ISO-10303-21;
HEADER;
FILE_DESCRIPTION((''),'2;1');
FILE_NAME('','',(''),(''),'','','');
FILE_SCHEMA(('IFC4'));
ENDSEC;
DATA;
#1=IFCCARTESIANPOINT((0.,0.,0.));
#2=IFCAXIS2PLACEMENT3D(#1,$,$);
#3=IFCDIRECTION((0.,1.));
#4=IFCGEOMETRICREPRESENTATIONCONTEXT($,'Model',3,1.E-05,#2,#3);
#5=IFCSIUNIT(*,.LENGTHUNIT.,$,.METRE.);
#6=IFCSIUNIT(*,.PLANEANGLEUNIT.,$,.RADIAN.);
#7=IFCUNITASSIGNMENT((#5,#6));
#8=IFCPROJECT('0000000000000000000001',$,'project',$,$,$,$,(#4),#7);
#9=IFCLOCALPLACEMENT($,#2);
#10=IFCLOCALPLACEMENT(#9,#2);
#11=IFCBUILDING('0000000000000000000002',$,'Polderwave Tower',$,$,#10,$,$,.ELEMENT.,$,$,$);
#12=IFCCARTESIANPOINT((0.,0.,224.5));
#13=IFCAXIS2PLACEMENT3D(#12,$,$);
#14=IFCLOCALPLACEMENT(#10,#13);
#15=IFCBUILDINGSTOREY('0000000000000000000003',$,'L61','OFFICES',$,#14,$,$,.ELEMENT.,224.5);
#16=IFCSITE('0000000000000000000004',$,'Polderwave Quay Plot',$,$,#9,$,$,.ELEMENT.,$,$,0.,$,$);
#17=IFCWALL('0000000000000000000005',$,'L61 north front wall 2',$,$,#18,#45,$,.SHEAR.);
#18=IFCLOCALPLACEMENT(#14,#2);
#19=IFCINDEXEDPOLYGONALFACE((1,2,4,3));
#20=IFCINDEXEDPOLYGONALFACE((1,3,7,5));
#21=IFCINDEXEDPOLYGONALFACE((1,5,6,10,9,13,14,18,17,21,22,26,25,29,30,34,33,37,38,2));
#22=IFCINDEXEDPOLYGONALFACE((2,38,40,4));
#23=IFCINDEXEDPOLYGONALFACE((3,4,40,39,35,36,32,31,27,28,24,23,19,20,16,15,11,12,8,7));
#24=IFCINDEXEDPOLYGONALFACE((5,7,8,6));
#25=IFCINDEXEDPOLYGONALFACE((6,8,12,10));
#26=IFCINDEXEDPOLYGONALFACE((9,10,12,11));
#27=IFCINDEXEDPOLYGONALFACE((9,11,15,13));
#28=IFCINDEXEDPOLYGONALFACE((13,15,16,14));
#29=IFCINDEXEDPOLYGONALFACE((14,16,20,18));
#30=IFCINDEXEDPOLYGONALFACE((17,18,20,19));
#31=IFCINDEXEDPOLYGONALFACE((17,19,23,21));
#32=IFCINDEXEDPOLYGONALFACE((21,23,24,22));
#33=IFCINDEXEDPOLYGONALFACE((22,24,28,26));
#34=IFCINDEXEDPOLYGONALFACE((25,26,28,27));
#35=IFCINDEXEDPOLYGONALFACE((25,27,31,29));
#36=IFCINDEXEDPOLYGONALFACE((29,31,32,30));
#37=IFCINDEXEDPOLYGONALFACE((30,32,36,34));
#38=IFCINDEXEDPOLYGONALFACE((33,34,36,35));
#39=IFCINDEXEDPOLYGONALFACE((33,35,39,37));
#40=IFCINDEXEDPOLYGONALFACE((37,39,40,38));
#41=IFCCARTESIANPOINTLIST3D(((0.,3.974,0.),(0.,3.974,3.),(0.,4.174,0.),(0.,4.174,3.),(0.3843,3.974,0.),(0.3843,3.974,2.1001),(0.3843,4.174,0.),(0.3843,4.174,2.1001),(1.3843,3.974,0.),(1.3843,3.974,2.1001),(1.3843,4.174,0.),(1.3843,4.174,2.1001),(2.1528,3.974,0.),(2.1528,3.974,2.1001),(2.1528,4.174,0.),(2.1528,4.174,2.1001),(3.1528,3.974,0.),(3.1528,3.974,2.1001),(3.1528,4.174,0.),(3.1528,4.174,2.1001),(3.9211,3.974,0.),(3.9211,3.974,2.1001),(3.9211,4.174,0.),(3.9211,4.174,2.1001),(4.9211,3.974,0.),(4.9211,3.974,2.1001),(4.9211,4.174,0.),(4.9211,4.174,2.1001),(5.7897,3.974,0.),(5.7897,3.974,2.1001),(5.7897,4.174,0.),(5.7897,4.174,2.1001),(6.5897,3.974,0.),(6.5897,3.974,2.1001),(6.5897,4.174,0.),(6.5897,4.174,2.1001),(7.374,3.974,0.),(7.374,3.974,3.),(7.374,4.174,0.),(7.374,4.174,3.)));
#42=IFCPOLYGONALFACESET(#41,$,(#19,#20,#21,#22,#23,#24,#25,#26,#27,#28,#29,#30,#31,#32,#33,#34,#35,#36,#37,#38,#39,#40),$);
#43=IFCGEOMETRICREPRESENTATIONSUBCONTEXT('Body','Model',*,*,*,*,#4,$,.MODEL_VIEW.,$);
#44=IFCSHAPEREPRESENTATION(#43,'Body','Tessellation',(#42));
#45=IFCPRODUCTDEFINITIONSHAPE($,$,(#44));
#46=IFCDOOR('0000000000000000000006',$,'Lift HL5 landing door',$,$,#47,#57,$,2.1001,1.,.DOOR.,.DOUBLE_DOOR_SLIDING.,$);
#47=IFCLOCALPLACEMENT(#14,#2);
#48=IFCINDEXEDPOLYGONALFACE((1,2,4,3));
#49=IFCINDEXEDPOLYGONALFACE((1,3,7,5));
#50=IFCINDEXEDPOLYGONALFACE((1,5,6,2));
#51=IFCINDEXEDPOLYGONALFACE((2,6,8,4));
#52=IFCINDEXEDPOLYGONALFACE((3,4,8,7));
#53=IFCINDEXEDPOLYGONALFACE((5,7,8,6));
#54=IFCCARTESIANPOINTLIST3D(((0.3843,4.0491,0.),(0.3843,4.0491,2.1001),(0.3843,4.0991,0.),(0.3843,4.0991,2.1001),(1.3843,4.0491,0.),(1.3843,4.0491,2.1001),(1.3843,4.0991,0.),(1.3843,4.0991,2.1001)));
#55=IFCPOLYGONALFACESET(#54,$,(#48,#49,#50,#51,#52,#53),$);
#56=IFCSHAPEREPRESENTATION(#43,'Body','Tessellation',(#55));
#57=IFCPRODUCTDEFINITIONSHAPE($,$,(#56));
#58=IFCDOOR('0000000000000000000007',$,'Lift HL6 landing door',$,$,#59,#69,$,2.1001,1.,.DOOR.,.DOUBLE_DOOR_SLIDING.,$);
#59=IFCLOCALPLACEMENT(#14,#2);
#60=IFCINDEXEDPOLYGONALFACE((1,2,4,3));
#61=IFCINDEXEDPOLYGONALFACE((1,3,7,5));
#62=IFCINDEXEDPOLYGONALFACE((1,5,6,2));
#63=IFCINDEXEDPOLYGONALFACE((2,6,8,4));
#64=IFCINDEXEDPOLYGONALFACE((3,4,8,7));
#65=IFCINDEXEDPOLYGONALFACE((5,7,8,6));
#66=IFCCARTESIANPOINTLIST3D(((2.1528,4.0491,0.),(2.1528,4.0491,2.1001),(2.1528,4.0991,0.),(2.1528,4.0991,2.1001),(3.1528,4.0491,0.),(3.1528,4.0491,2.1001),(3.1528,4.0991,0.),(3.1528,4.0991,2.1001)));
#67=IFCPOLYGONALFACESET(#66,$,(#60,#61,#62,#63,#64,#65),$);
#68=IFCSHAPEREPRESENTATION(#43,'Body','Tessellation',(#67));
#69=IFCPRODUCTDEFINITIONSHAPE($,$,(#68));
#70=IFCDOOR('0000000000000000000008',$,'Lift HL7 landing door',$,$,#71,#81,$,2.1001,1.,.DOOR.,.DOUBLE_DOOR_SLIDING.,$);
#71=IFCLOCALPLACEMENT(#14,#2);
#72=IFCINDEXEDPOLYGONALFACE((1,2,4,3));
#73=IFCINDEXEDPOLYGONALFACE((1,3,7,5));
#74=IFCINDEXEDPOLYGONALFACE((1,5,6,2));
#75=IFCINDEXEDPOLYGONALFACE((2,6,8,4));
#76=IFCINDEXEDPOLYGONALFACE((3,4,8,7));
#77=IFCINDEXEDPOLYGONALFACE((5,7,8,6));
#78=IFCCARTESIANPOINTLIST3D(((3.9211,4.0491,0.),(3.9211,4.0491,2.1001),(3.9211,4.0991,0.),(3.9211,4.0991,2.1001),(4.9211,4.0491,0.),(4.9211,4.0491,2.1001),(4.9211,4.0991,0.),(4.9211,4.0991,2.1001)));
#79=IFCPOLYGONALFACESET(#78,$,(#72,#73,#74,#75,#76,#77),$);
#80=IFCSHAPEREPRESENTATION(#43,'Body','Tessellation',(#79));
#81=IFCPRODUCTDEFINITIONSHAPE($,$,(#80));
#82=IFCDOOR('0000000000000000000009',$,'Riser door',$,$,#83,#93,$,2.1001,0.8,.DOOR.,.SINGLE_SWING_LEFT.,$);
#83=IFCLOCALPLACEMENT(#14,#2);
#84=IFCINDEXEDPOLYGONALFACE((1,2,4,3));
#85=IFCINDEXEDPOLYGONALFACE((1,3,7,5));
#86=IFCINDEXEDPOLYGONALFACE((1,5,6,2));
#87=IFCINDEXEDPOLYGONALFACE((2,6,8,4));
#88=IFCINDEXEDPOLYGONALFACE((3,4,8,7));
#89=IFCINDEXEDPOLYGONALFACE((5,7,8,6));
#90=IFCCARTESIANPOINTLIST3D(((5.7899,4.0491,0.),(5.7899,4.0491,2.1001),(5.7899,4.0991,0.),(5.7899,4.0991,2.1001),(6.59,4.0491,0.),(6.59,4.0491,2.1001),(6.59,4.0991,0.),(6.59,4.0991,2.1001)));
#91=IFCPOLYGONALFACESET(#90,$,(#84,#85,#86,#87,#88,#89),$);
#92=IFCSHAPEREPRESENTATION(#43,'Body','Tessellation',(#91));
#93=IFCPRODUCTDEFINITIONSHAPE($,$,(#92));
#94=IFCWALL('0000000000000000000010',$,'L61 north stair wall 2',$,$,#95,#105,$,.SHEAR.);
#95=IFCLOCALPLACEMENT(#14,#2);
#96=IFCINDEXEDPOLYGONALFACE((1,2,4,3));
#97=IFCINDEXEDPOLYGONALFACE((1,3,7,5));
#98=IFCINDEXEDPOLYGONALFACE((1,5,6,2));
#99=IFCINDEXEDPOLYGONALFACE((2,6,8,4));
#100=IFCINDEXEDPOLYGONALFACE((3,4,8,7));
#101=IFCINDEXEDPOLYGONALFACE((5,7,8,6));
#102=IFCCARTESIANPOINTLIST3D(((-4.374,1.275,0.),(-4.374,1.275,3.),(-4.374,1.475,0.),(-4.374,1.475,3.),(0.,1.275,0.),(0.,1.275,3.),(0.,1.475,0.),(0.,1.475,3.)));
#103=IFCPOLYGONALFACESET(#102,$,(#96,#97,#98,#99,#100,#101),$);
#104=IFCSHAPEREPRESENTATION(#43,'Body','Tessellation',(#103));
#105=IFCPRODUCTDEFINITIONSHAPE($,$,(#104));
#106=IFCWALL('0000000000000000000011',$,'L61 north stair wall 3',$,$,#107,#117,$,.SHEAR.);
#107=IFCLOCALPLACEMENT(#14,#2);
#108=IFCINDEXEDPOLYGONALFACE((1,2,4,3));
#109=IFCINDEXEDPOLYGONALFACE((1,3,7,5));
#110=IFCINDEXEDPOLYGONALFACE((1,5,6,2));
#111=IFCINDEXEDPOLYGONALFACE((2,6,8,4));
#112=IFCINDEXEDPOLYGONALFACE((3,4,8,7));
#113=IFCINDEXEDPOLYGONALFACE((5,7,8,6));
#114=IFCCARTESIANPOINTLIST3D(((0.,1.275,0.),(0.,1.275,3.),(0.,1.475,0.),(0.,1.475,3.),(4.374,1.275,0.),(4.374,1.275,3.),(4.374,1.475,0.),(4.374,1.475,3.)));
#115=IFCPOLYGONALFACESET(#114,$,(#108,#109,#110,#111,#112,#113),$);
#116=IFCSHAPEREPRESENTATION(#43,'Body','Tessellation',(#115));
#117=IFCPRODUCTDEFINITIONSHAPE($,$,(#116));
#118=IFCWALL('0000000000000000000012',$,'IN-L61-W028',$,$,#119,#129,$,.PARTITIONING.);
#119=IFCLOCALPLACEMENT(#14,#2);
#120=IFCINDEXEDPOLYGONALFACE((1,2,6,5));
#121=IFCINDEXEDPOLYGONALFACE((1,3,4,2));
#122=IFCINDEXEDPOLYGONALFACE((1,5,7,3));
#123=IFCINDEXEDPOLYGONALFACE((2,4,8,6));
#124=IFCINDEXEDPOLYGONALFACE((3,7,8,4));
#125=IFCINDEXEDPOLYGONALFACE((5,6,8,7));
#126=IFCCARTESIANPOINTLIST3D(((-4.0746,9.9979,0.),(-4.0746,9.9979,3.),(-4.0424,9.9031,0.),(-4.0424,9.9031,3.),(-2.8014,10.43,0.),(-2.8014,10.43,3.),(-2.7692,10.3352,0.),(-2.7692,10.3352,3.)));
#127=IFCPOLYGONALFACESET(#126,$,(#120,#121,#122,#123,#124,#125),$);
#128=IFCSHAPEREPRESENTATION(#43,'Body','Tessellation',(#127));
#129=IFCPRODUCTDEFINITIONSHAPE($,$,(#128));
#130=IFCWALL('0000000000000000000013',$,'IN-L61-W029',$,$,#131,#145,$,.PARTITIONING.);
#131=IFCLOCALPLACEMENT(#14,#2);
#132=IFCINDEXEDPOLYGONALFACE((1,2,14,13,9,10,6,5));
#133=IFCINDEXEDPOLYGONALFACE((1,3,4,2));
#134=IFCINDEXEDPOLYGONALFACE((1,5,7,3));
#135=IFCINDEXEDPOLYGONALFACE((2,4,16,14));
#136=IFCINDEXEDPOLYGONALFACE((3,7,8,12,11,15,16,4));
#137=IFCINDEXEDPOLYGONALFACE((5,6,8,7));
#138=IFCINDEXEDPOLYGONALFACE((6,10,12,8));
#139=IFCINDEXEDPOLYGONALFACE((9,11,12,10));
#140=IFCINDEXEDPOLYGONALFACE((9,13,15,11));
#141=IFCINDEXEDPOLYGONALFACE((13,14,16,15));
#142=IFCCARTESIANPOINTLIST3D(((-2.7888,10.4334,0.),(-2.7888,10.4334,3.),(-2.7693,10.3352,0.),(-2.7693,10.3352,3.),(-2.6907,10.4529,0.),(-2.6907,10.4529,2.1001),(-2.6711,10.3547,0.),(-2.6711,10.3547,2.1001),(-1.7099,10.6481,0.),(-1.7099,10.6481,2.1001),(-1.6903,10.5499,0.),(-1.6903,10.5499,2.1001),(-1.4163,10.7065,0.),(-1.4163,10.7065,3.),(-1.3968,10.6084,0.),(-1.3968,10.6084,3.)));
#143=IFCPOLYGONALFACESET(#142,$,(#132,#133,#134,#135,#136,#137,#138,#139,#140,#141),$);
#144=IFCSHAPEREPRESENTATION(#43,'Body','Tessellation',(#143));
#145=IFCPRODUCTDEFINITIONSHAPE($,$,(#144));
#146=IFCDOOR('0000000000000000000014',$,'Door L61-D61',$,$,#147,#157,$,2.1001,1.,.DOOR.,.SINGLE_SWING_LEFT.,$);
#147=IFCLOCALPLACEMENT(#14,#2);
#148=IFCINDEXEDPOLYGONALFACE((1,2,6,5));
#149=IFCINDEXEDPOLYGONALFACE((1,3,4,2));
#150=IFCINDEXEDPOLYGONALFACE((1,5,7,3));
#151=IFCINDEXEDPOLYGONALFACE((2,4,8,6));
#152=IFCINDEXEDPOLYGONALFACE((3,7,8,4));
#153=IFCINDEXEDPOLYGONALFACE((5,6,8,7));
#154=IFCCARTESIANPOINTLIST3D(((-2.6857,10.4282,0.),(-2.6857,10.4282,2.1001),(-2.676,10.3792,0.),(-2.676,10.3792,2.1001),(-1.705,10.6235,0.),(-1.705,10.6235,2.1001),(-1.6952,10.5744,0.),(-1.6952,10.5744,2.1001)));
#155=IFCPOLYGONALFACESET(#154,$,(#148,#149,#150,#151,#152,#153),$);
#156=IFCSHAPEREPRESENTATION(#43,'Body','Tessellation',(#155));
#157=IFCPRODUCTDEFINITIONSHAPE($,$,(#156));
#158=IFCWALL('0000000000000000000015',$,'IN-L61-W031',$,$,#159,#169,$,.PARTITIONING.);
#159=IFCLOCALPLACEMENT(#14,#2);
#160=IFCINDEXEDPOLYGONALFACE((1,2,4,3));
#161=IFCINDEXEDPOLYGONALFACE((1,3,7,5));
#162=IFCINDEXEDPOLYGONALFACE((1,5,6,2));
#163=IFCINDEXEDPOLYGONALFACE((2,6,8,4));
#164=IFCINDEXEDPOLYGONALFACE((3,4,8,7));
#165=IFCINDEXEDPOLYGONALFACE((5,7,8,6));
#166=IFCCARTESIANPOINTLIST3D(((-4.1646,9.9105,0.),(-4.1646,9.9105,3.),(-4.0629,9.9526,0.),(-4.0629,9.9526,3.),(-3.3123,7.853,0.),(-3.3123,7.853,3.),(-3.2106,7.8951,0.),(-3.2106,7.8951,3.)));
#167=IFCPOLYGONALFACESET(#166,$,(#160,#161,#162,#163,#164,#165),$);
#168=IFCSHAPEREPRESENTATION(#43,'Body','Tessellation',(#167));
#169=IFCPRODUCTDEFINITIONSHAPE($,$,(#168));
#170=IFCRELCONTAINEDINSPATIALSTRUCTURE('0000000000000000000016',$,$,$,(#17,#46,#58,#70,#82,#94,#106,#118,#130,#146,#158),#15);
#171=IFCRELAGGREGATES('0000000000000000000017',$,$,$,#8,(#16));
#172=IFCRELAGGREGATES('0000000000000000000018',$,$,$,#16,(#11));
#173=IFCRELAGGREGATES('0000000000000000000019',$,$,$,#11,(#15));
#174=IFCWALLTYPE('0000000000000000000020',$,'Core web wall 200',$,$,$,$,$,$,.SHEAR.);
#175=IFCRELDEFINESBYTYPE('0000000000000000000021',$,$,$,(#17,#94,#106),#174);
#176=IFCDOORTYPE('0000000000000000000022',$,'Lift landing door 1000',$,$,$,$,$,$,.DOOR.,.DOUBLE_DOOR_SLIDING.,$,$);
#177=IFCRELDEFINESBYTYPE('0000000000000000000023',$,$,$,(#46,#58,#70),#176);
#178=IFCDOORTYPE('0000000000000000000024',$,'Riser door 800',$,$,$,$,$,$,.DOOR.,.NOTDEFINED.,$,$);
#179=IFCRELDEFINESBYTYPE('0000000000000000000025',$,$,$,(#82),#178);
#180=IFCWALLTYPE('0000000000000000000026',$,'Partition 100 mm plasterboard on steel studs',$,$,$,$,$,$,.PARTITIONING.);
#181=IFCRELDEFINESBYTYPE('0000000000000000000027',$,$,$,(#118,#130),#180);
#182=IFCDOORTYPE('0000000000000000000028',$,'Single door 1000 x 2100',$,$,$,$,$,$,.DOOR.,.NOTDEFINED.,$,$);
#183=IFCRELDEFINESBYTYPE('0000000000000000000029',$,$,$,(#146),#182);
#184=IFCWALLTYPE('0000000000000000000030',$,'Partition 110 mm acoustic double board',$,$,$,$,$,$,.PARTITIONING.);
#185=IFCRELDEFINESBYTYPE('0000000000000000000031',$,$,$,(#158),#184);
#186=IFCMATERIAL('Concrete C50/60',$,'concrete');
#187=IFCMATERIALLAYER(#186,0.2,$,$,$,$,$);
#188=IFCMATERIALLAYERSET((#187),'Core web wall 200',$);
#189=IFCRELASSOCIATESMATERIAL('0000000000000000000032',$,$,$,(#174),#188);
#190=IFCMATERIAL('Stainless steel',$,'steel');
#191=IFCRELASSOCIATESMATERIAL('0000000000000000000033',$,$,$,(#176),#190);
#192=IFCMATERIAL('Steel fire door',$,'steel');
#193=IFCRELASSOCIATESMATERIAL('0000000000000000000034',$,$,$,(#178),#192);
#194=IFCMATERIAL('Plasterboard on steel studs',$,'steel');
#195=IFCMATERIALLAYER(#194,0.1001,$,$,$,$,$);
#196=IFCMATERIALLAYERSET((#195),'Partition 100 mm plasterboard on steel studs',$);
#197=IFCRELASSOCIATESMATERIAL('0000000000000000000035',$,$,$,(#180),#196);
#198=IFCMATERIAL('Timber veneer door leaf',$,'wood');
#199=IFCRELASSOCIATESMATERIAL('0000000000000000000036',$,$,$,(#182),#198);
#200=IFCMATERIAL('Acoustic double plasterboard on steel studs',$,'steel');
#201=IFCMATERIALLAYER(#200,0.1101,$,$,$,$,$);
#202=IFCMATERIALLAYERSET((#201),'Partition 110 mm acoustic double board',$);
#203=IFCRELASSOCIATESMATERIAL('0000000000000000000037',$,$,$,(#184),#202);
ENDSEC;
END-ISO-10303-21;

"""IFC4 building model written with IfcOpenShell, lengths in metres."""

from ifc_helpers import new_model, si_unit, direction, frame, frame_2d, origin, place, context, subcontext, project, spatial, rectangle, extrude, material, layer, layer_set, type_object, element, fill, save


model = new_model("IFC4")

# Units and contexts
model_context = context("Model", 3, precision=1e-05, world=origin(), true_north=direction((0.0, 1.0)))
body_context = subcontext(model_context, "Body", "Model", "MODEL_VIEW")
ifc_project = project(units=[si_unit("LENGTHUNIT", "METRE"), si_unit("PLANEANGLEUNIT", "RADIAN")], contexts=[model_context])

# Site, building, storey
site_placement = place(None, origin())
site = spatial("IfcSite", under=ifc_project, at=site_placement, Name="Polderwave Quay Plot", CompositionType="ELEMENT", RefElevation=0.0)
building_placement = place(site_placement, origin())
building = spatial("IfcBuilding", under=site, at=building_placement, Name="Polderwave Tower", CompositionType="ELEMENT")
storey_placement = place(building_placement, frame((0.0, 0.0, 224.5)))
storey = spatial("IfcBuildingStorey", under=building, at=storey_placement, Name="L61", Description="OFFICES", CompositionType="ELEMENT", Elevation=224.5)

# Wall, openings, doors
ifc_material_1 = material(Name="Concrete C50/60", Category="concrete")
ifc_layer_1 = layer(ifc_material_1, 0.2)
ifc_layer_set_1 = layer_set([ifc_layer_1], Name="Core web wall 200")
wall_type_1 = type_object("IfcWallType", Name="Core web wall 200", PredefinedType="SHEAR", material=ifc_layer_set_1)
ifc_material_2 = material(Name="Stainless steel", Category="steel")
door_type_1 = type_object("IfcDoorType", Name="Lift landing door 1000", OperationType="DOUBLE_DOOR_SLIDING", PredefinedType="DOOR", material=ifc_material_2)
wall_1_placement = place(storey_placement, frame((0.0, 4.074, 0.0), z_axis=(0.0, 0.0, 1.0), x_axis=(1.0, 0.0, 0.0)))
wall_1 = element("IfcWall", 1, at=wall_1_placement, inside=storey, type_object=wall_type_1, Name="L61 north front wall 2", PredefinedType="SHEAR", context=body_context, shape_type="SweptSolid", body=[
    extrude(rectangle(XDim=7.374, YDim=0.2, at=frame_2d((3.687, 0.0))), origin(), (0.0, 0.0, 1.0), 3.0),
])
opening_1_placement = place(wall_1_placement, frame((0.3843, 0.0, 0.0)))
opening_1 = element("IfcOpeningElement", 2, at=opening_1_placement, cuts=wall_1, PredefinedType="OPENING", context=body_context, shape_type="SweptSolid", body=[
    extrude(rectangle(XDim=1.0, YDim=2.1001, at=frame_2d((0.5, 1.05))), frame((0.0, 0.1099, 0.0), z_axis=(0.0, -1.0, 0.0), x_axis=(1.0, 0.0, 0.0)), (0.0, 0.0, 1.0), 0.22),
])
opening_2_placement = place(wall_1_placement, frame((2.1528, 0.0, 0.0)))
opening_2 = element("IfcOpeningElement", 3, at=opening_2_placement, cuts=wall_1, PredefinedType="OPENING", context=body_context, shape_type="SweptSolid", body=[
    extrude(rectangle(XDim=1.0, YDim=2.1001, at=frame_2d((0.5, 1.05))), frame((0.0, 0.1099, 0.0), z_axis=(0.0, -1.0, 0.0), x_axis=(1.0, 0.0, 0.0)), (0.0, 0.0, 1.0), 0.22),
])
opening_3_placement = place(wall_1_placement, frame((3.9211, 0.0, 0.0)))
opening_3 = element("IfcOpeningElement", 4, at=opening_3_placement, cuts=wall_1, PredefinedType="OPENING", context=body_context, shape_type="SweptSolid", body=[
    extrude(rectangle(XDim=1.0, YDim=2.1001, at=frame_2d((0.5, 1.05))), frame((0.0, 0.1099, 0.0), z_axis=(0.0, -1.0, 0.0), x_axis=(1.0, 0.0, 0.0)), (0.0, 0.0, 1.0), 0.22),
])
opening_4_placement = place(wall_1_placement, frame((5.7898, 0.0, 0.0)))
opening_4 = element("IfcOpeningElement", 5, at=opening_4_placement, cuts=wall_1, PredefinedType="OPENING", context=body_context, shape_type="SweptSolid", body=[
    extrude(rectangle(XDim=0.8, YDim=2.1001, at=frame_2d((0.3999, 1.05))), frame((0.0, 0.1099, 0.0), z_axis=(0.0, -1.0, 0.0), x_axis=(1.0, 0.0, 0.0)), (0.0, 0.0, 1.0), 0.22),
])
door_1_placement = place(opening_1_placement, frame((1.0, 0.0, 0.0), z_axis=(0.0, 0.0, 1.0), x_axis=(-1.0, 0.0, 0.0)))
door_1 = element("IfcDoor", 6, at=door_1_placement, inside=storey, type_object=door_type_1, Name="Lift HL5 landing door", OperationType="DOUBLE_DOOR_SLIDING", OverallHeight=2.1001, OverallWidth=1.0, PredefinedType="DOOR", context=body_context, shape_type="SweptSolid", body=[
    extrude(rectangle(XDim=1.0, YDim=2.1001, at=frame_2d((0.5, 1.05))), frame((0.0, 0.0249, 0.0), z_axis=(0.0, -1.0, 0.0), x_axis=(1.0, 0.0, 0.0)), (0.0, 0.0, 1.0), 0.05),
])
fill(opening_1, door_1)
door_2_placement = place(opening_2_placement, frame((1.0, 0.0, 0.0), z_axis=(0.0, 0.0, 1.0), x_axis=(-1.0, 0.0, 0.0)))
door_2 = element("IfcDoor", 7, at=door_2_placement, inside=storey, type_object=door_type_1, Name="Lift HL6 landing door", OperationType="DOUBLE_DOOR_SLIDING", OverallHeight=2.1001, OverallWidth=1.0, PredefinedType="DOOR", context=body_context, shape_type="SweptSolid", body=[
    extrude(rectangle(XDim=1.0, YDim=2.1001, at=frame_2d((0.5, 1.05))), frame((0.0, 0.0249, 0.0), z_axis=(0.0, -1.0, 0.0), x_axis=(1.0, 0.0, 0.0)), (0.0, 0.0, 1.0), 0.05),
])
fill(opening_2, door_2)
door_3_placement = place(opening_3_placement, frame((1.0, 0.0, 0.0), z_axis=(0.0, 0.0, 1.0), x_axis=(-1.0, 0.0, 0.0)))
door_3 = element("IfcDoor", 8, at=door_3_placement, inside=storey, type_object=door_type_1, Name="Lift HL7 landing door", OperationType="DOUBLE_DOOR_SLIDING", OverallHeight=2.1001, OverallWidth=1.0, PredefinedType="DOOR", context=body_context, shape_type="SweptSolid", body=[
    extrude(rectangle(XDim=1.0, YDim=2.1001, at=frame_2d((0.5, 1.05))), frame((0.0, 0.0249, 0.0), z_axis=(0.0, -1.0, 0.0), x_axis=(1.0, 0.0, 0.0)), (0.0, 0.0, 1.0), 0.05),
])
fill(opening_3, door_3)
ifc_material_3 = material(Name="Steel fire door", Category="steel")
door_type_2 = type_object("IfcDoorType", Name="Riser door 800", OperationType="NOTDEFINED", PredefinedType="DOOR", material=ifc_material_3)
door_4_placement = place(opening_4_placement, frame((0.8, 0.0, 0.0), z_axis=(0.0, 0.0, 1.0), x_axis=(-1.0, 0.0, 0.0)))
door_4 = element("IfcDoor", 9, at=door_4_placement, inside=storey, type_object=door_type_2, Name="Riser door", OperationType="SINGLE_SWING_LEFT", OverallHeight=2.1001, OverallWidth=0.8, PredefinedType="DOOR", context=body_context, shape_type="SweptSolid", body=[
    extrude(rectangle(XDim=0.8, YDim=2.1001, at=frame_2d((0.3999, 1.05))), frame((0.0, 0.0249, 0.0), z_axis=(0.0, -1.0, 0.0), x_axis=(1.0, 0.0, 0.0)), (0.0, 0.0, 1.0), 0.05),
])
fill(opening_4, door_4)

# Walls
for number, where, z_axis, x_axis, name in (
    (10, (-4.374, 1.375, 0.0), (0.0, 0.0, 1.0), (1.0, 0.0, 0.0), "L61 north stair wall 2"),
    (11, (0.0, 1.375, 0.0), (0.0, 0.0, 1.0), (1.0, 0.0, 0.0), "L61 north stair wall 3"),
):
    element("IfcWall", number, at=place(storey_placement, frame(where, z_axis=z_axis, x_axis=x_axis)), inside=storey, type_object=wall_type_1, Name=name, PredefinedType="SHEAR", context=body_context, shape_type="SweptSolid", body=[
        extrude(rectangle(XDim=4.374, YDim=0.2, at=frame_2d((2.187, 0.0))), origin(), (0.0, 0.0, 1.0), 3.0),
    ])
ifc_material_4 = material(Name="Plasterboard on steel studs", Category="steel")
ifc_layer_2 = layer(ifc_material_4, 0.1001)
ifc_layer_set_2 = layer_set([ifc_layer_2], Name="Partition 100 mm plasterboard on steel studs")
wall_type_2 = type_object("IfcWallType", Name="Partition 100 mm plasterboard on steel studs", PredefinedType="PARTITIONING", material=ifc_layer_set_2)
wall_2_placement = place(storey_placement, frame((-4.0586, 9.9504, 0.0), z_axis=(0.0, 0.0, 1.0), x_axis=(0.946944, 0.321398, 0.0)))
element("IfcWall", 12, at=wall_2_placement, inside=storey, type_object=wall_type_2, Name="IN-L61-W028", PredefinedType="PARTITIONING", context=body_context, shape_type="SweptSolid", body=[
    extrude(rectangle(XDim=1.3445, YDim=0.1001, at=frame_2d((0.6724, 0.0))), origin(), (0.0, 0.0, 1.0), 3.0),
])

# Wall, opening, door
wall_3_placement = place(storey_placement, frame((-2.7791, 10.3843, 0.0), z_axis=(0.0, 0.0, 1.0), x_axis=(0.980761, 0.19521, 0.0)))
wall_3 = element("IfcWall", 13, at=wall_3_placement, inside=storey, type_object=wall_type_2, Name="IN-L61-W029", PredefinedType="PARTITIONING", context=body_context, shape_type="SweptSolid", body=[
    extrude(rectangle(XDim=1.3994, YDim=0.1001, at=frame_2d((0.6997, 0.0))), origin(), (0.0, 0.0, 1.0), 3.0),
])
opening_5_placement = place(wall_3_placement, frame((0.1001, 0.0, 0.0)))
opening_5 = element("IfcOpeningElement", 14, at=opening_5_placement, cuts=wall_3, PredefinedType="OPENING", context=body_context, shape_type="SweptSolid", body=[
    extrude(rectangle(XDim=1.0, YDim=2.1001, at=frame_2d((0.5, 1.05))), frame((0.0, 0.0601, 0.0), z_axis=(0.0, -1.0, 0.0), x_axis=(1.0, 0.0, 0.0)), (0.0, 0.0, 1.0), 0.1201),
])
ifc_material_5 = material(Name="Timber veneer door leaf", Category="wood")
door_type_3 = type_object("IfcDoorType", Name="Single door 1000 x 2100", OperationType="NOTDEFINED", PredefinedType="DOOR", material=ifc_material_5)
door_5_placement = place(opening_5_placement, origin())
door_5 = element("IfcDoor", 15, at=door_5_placement, inside=storey, type_object=door_type_3, Name="Door L61-D61", OperationType="SINGLE_SWING_LEFT", OverallHeight=2.1001, OverallWidth=1.0, PredefinedType="DOOR", context=body_context, shape_type="SweptSolid", body=[
    extrude(rectangle(XDim=1.0, YDim=2.1001, at=frame_2d((0.5, 1.05))), frame((0.0, 0.0249, 0.0), z_axis=(0.0, -1.0, 0.0), x_axis=(1.0, 0.0, 0.0)), (0.0, 0.0, 1.0), 0.05),
])
fill(opening_5, door_5)

# Wall
ifc_material_6 = material(Name="Acoustic double plasterboard on steel studs", Category="steel")
ifc_layer_3 = layer(ifc_material_6, 0.1101)
ifc_layer_set_3 = layer_set([ifc_layer_3], Name="Partition 110 mm acoustic double board")
wall_type_3 = type_object("IfcWallType", Name="Partition 110 mm acoustic double board", PredefinedType="PARTITIONING", material=ifc_layer_set_3)
wall_4_placement = place(storey_placement, frame((-3.2615, 7.874, 0.0), z_axis=(0.0, 0.0, 1.0), x_axis=(-0.382684, 0.923879, 0.0)))
element("IfcWall", 16, at=wall_4_placement, inside=storey, type_object=wall_type_3, Name="IN-L61-W031", PredefinedType="PARTITIONING", context=body_context, shape_type="SweptSolid", body=[
    extrude(rectangle(XDim=2.2271, YDim=0.1101, at=frame_2d((1.1135, 0.0))), origin(), (0.0, 0.0, 1.0), 3.0),
])

save(model, "model.ifc")
